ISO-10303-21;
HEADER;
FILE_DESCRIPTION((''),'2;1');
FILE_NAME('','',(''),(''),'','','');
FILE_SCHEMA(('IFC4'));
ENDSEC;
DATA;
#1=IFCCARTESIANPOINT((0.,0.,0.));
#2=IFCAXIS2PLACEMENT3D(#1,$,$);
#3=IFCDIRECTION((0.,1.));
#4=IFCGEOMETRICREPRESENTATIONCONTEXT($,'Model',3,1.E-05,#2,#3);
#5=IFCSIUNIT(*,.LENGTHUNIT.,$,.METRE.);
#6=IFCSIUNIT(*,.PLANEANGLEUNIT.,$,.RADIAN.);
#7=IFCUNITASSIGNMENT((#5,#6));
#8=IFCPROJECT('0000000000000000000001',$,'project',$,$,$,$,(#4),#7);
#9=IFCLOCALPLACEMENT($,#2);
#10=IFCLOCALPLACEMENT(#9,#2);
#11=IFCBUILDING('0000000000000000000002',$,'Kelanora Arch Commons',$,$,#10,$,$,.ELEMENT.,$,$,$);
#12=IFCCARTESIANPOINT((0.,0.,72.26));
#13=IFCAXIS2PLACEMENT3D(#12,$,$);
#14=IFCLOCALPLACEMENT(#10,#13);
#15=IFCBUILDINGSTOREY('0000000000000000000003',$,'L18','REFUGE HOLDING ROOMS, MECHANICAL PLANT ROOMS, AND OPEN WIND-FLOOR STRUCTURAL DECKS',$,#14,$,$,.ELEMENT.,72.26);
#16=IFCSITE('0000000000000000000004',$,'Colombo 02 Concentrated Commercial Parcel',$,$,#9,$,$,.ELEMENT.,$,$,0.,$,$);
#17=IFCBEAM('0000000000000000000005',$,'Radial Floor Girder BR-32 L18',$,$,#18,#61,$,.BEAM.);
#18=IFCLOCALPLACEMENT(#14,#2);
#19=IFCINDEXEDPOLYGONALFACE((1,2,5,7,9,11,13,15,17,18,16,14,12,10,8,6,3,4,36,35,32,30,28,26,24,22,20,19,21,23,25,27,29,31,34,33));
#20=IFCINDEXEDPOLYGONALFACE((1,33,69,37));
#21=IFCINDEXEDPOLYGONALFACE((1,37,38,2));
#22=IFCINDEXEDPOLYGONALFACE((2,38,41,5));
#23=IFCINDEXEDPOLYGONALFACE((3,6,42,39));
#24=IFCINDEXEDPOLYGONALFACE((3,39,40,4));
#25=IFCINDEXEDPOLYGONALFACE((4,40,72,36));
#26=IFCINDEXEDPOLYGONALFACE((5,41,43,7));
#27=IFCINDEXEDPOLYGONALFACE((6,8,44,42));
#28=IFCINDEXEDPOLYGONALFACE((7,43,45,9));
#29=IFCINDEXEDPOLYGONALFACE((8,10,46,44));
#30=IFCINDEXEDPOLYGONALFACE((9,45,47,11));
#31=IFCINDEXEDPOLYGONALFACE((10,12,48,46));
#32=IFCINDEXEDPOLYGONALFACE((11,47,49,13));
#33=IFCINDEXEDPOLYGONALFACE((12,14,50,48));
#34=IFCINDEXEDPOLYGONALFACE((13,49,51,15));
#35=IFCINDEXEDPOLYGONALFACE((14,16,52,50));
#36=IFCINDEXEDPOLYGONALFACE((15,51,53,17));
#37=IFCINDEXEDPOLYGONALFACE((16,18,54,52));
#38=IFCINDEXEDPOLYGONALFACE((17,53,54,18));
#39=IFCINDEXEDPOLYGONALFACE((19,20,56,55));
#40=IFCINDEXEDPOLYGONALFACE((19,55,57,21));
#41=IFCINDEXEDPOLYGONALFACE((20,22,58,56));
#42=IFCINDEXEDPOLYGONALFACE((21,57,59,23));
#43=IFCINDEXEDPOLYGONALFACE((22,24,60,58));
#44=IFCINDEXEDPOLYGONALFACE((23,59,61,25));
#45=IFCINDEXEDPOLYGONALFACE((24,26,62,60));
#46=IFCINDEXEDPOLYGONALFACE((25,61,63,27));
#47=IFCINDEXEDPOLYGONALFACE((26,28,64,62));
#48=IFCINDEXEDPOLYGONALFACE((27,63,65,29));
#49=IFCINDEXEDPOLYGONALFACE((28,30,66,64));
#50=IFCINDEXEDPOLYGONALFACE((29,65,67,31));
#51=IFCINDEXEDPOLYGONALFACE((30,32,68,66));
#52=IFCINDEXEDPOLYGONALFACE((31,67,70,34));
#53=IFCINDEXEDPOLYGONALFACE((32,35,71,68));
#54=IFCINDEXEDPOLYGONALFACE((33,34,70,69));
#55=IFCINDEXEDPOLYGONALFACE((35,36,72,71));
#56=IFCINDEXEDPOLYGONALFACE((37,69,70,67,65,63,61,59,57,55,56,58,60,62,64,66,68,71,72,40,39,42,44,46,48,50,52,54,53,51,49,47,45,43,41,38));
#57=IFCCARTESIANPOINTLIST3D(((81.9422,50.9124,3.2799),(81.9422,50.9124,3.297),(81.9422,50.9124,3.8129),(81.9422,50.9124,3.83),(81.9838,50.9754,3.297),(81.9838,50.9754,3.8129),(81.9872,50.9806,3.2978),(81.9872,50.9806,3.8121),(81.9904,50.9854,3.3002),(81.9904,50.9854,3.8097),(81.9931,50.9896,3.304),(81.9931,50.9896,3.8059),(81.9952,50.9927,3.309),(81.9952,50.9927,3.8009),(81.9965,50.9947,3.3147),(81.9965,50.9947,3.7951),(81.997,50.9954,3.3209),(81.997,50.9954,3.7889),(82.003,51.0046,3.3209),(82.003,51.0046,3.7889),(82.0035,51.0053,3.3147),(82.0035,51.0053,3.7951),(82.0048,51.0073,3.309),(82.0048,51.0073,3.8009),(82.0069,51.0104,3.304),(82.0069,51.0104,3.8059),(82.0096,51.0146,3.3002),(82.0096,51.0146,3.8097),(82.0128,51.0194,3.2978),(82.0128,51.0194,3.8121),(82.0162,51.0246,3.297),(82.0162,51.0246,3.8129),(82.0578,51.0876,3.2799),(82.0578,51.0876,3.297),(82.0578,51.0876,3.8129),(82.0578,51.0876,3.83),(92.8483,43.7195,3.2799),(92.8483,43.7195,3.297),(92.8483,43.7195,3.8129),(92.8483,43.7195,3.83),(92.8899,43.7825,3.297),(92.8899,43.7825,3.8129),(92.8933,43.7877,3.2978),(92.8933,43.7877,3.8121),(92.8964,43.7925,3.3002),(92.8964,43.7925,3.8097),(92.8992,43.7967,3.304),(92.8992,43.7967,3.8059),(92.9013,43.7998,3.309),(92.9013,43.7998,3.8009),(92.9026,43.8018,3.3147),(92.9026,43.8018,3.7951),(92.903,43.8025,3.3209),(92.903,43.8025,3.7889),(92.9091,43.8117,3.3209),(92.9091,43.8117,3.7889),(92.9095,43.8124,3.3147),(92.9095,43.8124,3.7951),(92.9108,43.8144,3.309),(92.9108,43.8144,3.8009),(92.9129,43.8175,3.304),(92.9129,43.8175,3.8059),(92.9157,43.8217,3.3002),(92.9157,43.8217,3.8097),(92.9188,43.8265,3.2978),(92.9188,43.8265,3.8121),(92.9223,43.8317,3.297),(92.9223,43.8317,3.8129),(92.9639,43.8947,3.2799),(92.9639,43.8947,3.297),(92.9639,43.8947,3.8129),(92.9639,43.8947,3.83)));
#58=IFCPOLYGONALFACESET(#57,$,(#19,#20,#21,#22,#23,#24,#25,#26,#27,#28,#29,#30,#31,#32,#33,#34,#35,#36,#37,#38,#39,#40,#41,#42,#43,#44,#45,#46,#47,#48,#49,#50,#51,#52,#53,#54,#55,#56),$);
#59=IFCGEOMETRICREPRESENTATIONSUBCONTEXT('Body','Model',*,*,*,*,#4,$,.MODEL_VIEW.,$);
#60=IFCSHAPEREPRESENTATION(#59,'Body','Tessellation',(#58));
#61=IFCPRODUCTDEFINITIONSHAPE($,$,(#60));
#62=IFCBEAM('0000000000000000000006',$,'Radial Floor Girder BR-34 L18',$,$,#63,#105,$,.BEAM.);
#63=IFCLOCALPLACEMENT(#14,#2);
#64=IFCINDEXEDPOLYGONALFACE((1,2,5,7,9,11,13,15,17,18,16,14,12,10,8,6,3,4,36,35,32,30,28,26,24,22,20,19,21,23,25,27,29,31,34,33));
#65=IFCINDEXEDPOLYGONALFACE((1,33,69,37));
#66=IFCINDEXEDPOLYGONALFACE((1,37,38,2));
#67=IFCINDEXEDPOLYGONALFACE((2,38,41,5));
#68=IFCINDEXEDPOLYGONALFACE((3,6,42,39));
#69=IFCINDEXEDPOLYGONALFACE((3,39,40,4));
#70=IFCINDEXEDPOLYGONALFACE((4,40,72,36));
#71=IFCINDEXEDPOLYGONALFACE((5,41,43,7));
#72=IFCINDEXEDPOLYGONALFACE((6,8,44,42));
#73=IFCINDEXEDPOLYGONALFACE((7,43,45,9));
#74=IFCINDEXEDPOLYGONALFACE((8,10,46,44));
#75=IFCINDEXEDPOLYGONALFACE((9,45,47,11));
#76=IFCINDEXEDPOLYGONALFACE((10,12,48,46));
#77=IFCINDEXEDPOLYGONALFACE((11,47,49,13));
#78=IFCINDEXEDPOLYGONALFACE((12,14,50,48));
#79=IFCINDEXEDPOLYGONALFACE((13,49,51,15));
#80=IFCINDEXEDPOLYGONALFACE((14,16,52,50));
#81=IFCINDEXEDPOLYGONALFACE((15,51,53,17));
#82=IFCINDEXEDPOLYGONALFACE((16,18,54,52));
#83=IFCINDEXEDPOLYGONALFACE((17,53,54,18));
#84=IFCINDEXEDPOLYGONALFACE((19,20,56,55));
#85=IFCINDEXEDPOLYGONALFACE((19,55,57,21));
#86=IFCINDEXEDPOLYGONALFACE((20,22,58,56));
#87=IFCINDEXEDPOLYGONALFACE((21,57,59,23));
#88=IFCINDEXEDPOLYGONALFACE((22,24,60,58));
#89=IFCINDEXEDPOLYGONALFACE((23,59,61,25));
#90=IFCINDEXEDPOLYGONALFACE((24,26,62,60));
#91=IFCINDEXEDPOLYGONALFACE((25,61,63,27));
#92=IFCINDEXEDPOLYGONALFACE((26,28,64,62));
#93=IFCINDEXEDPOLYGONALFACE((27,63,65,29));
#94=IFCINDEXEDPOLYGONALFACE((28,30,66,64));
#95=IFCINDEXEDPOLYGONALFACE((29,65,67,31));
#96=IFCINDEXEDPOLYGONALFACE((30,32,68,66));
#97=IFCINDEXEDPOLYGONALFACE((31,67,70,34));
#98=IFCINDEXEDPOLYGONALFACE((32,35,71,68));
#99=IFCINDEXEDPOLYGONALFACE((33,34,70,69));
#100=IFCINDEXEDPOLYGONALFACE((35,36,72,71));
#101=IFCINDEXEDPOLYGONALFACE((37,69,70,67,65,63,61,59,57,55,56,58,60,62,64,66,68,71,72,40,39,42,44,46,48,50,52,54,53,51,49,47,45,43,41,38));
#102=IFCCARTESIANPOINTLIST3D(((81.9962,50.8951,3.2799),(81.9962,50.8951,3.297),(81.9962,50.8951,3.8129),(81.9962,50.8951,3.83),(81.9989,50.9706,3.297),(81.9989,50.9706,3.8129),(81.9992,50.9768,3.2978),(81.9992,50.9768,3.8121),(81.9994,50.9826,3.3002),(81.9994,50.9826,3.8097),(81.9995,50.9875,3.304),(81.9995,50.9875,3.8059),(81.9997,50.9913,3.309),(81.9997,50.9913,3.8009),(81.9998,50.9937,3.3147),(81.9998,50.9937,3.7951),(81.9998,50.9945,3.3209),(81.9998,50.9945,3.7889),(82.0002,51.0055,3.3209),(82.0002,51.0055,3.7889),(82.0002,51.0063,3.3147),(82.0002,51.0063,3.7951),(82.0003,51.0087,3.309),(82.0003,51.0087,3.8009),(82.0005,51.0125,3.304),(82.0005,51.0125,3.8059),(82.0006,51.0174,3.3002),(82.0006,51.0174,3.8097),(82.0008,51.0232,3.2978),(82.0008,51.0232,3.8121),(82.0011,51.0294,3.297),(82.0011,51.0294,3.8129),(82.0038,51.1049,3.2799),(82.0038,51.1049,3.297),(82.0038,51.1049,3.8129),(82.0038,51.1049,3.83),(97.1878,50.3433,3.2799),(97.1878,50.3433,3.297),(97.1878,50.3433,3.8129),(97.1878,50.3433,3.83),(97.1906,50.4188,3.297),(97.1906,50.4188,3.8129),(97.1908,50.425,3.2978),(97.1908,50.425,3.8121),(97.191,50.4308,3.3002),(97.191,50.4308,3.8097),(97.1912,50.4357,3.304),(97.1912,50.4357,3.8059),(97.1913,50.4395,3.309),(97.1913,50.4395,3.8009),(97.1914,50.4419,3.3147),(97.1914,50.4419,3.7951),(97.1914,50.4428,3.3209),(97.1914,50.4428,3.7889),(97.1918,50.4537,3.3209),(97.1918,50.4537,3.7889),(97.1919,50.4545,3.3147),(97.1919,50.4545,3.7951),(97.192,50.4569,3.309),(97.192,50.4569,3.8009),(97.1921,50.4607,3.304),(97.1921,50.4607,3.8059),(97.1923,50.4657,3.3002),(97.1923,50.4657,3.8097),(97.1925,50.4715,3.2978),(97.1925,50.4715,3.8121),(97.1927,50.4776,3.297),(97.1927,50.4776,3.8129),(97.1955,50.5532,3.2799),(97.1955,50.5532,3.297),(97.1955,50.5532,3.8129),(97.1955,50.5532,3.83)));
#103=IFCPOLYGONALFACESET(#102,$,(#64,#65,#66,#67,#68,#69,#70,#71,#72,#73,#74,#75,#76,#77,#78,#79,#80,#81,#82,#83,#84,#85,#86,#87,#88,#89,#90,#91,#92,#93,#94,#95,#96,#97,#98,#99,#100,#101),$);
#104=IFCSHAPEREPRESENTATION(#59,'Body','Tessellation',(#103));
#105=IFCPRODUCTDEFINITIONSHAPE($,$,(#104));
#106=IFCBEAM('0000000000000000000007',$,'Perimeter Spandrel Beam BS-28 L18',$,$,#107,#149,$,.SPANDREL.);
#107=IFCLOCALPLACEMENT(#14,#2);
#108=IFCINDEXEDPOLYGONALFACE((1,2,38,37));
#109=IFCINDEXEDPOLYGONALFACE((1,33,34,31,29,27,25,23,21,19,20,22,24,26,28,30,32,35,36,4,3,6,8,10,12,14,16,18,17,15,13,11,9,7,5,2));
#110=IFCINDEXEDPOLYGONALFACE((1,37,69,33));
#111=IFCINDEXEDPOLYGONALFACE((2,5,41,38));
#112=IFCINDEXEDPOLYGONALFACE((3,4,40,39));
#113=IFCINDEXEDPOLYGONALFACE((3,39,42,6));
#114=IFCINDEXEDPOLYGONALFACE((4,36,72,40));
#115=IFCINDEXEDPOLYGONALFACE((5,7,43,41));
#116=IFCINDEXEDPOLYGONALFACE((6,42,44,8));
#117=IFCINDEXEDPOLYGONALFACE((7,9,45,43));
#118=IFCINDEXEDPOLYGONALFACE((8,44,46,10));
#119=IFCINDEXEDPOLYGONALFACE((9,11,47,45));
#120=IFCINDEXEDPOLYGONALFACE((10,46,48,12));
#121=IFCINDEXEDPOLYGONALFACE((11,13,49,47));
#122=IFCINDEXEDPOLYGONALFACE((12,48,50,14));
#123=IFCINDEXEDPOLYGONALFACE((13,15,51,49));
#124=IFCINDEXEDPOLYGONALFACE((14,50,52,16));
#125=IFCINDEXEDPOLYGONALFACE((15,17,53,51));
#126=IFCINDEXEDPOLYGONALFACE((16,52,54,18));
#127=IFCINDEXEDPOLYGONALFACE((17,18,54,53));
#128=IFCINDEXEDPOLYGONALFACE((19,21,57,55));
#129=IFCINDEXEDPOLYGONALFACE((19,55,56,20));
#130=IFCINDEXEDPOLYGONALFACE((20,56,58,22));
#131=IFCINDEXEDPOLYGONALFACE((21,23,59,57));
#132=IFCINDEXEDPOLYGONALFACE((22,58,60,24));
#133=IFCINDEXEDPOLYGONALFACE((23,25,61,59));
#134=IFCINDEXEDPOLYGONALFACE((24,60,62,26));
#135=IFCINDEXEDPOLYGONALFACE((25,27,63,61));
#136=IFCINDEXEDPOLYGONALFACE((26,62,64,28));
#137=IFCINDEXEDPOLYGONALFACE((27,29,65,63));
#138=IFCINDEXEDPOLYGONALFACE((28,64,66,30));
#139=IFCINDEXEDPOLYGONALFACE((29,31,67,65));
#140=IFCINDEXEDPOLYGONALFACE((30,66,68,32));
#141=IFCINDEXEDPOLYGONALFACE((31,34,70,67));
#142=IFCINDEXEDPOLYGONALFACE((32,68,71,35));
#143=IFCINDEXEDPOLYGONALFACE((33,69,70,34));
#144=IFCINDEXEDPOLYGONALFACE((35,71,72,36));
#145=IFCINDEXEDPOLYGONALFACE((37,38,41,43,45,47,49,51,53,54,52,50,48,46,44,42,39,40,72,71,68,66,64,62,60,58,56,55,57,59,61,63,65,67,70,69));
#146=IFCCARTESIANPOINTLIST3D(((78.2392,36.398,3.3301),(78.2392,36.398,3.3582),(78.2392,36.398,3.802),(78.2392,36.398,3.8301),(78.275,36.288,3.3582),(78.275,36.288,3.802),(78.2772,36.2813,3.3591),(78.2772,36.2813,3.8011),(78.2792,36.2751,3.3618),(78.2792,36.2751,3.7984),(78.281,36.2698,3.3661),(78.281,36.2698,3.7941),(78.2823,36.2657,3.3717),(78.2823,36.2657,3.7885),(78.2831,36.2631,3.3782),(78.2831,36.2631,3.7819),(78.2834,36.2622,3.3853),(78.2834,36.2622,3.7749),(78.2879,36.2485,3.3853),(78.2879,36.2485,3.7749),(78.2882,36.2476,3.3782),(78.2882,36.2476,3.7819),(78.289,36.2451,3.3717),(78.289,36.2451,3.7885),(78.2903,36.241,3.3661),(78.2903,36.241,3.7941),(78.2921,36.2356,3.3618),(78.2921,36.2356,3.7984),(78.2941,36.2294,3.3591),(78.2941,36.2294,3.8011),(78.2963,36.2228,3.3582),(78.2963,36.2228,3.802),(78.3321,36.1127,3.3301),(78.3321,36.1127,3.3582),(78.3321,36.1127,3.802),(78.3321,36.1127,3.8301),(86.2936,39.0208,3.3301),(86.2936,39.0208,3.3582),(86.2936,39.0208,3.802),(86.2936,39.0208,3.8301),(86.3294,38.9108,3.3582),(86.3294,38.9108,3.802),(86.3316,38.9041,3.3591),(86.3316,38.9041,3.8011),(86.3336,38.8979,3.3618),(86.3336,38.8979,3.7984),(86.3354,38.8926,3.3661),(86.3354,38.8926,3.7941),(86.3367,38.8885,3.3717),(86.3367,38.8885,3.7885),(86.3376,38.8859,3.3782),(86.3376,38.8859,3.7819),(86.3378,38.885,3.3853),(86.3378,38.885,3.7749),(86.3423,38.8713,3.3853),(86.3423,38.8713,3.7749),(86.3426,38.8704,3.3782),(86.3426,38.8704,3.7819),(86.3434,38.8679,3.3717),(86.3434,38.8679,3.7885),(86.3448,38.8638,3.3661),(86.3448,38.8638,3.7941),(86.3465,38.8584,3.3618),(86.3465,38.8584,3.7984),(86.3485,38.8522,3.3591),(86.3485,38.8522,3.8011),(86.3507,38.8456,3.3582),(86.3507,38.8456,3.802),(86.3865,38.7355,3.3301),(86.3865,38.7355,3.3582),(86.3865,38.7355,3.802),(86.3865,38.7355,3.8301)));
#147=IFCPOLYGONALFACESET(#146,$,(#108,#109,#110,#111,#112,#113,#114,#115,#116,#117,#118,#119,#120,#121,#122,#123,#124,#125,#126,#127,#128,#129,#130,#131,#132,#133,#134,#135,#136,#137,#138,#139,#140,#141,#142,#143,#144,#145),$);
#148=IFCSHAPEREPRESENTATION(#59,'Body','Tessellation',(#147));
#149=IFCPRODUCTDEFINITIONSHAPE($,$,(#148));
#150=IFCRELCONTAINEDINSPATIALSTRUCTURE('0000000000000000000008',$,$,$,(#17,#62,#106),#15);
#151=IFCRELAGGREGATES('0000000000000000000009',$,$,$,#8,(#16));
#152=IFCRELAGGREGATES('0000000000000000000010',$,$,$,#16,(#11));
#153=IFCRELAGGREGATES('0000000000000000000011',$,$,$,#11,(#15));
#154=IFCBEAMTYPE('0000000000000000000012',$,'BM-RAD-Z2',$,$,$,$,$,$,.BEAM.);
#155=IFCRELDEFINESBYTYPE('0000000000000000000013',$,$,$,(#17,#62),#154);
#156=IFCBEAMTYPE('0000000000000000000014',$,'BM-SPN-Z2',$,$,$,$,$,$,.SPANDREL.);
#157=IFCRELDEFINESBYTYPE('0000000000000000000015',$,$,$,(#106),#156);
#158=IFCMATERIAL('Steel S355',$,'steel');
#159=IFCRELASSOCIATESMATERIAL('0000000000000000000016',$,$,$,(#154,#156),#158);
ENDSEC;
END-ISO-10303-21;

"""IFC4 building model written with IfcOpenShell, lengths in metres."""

from ifc_helpers import new_model, si_unit, direction, frame, origin, origin_2d, place, context, subcontext, project, spatial, i_section, extrude, material, material_profile, profile_set, type_object, element, save


model = new_model("IFC4")

# Units and contexts
model_context = context("Model", 3, precision=1e-05, world=origin(), true_north=direction((0.0, 1.0)))
body_context = subcontext(model_context, "Body", "Model", "MODEL_VIEW")
ifc_project = project(units=[si_unit("LENGTHUNIT", "METRE"), si_unit("PLANEANGLEUNIT", "RADIAN")], contexts=[model_context])

# Site, building, storey
site_placement = place(None, origin())
site = spatial("IfcSite", under=ifc_project, at=site_placement, Name="Colombo 02 Concentrated Commercial Parcel", CompositionType="ELEMENT", RefElevation=0.0)
building_placement = place(site_placement, origin())
building = spatial("IfcBuilding", under=site, at=building_placement, Name="Kelanora Arch Commons", CompositionType="ELEMENT")
storey_placement = place(building_placement, frame((0.0, 0.0, 72.26)))
storey = spatial("IfcBuildingStorey", under=building, at=storey_placement, Name="L18", Description="REFUGE HOLDING ROOMS, MECHANICAL PLANT ROOMS, AND OPEN WIND-FLOOR STRUCTURAL DECKS", CompositionType="ELEMENT", Elevation=72.26)

# Beams
ifc_material_1 = material(Name="Steel S355", Category="steel")
ifc_material_profile_1 = material_profile(ifc_material_1, i_section(OverallWidth=0.21, OverallDepth=0.55, WebThickness=0.011, FlangeThickness=0.0171, FilletRadius=0.0239, at=origin_2d()), Name="IPE550")
ifc_profile_set_1 = profile_set([ifc_material_profile_1], Name="Steel S355")
beam_type_1 = type_object("IfcBeamType", Name="BM-RAD-Z2", PredefinedType="BEAM", material=ifc_profile_set_1)
beam_1_placement = place(storey_placement, frame((82.0, 51.0, 3.5549), z_axis=(0.834789, -0.550571, 0.0), x_axis=(0.550571, 0.834789, 0.0)))
element("IfcBeam", 1, at=beam_1_placement, inside=storey, type_object=beam_type_1, Name="Radial Floor Girder BR-32 L18", PredefinedType="BEAM", context=body_context, shape_type="SweptSolid", body=[
    extrude(i_section(OverallWidth=0.21, OverallDepth=0.55, WebThickness=0.011, FlangeThickness=0.0171, FilletRadius=0.0239, at=origin_2d()), origin(), (0.0, 0.0, 1.0), 13.0645),
])
beam_2_placement = place(storey_placement, frame((82.0, 51.0, 3.5549), z_axis=(0.999341, -0.036296, 0.0), x_axis=(0.036296, 0.999341, 0.0)))
element("IfcBeam", 2, at=beam_2_placement, inside=storey, type_object=beam_type_1, Name="Radial Floor Girder BR-34 L18", PredefinedType="BEAM", context=body_context, shape_type="SweptSolid", body=[
    extrude(i_section(OverallWidth=0.21, OverallDepth=0.55, WebThickness=0.011, FlangeThickness=0.0171, FilletRadius=0.0239, at=origin_2d()), origin(), (0.0, 0.0, 1.0), 15.2017),
])
ifc_material_profile_2 = material_profile(ifc_material_1, i_section(OverallWidth=0.3, OverallDepth=0.5, WebThickness=0.0144, FlangeThickness=0.0281, FilletRadius=0.0271, at=origin_2d()), Name="HEB500")
ifc_profile_set_2 = profile_set([ifc_material_profile_2], Name="Steel S355")
beam_type_2 = type_object("IfcBeamType", Name="BM-SPN-Z2", PredefinedType="SPANDREL", material=ifc_profile_set_2)
beam_3_placement = place(storey_placement, frame((78.2856, 36.2554, 3.5801), z_axis=(0.950857, 0.309631, 0.0), x_axis=(-0.309631, 0.950857, 0.0)))
element("IfcBeam", 3, at=beam_3_placement, inside=storey, type_object=beam_type_2, Name="Perimeter Spandrel Beam BS-28 L18", PredefinedType="SPANDREL", context=body_context, shape_type="SweptSolid", body=[
    extrude(i_section(OverallWidth=0.3, OverallDepth=0.5, WebThickness=0.0144, FlangeThickness=0.0281, FilletRadius=0.0271, at=origin_2d()), origin(), (0.0, 0.0, 1.0), 8.4707),
])

save(model, "model.ifc")
